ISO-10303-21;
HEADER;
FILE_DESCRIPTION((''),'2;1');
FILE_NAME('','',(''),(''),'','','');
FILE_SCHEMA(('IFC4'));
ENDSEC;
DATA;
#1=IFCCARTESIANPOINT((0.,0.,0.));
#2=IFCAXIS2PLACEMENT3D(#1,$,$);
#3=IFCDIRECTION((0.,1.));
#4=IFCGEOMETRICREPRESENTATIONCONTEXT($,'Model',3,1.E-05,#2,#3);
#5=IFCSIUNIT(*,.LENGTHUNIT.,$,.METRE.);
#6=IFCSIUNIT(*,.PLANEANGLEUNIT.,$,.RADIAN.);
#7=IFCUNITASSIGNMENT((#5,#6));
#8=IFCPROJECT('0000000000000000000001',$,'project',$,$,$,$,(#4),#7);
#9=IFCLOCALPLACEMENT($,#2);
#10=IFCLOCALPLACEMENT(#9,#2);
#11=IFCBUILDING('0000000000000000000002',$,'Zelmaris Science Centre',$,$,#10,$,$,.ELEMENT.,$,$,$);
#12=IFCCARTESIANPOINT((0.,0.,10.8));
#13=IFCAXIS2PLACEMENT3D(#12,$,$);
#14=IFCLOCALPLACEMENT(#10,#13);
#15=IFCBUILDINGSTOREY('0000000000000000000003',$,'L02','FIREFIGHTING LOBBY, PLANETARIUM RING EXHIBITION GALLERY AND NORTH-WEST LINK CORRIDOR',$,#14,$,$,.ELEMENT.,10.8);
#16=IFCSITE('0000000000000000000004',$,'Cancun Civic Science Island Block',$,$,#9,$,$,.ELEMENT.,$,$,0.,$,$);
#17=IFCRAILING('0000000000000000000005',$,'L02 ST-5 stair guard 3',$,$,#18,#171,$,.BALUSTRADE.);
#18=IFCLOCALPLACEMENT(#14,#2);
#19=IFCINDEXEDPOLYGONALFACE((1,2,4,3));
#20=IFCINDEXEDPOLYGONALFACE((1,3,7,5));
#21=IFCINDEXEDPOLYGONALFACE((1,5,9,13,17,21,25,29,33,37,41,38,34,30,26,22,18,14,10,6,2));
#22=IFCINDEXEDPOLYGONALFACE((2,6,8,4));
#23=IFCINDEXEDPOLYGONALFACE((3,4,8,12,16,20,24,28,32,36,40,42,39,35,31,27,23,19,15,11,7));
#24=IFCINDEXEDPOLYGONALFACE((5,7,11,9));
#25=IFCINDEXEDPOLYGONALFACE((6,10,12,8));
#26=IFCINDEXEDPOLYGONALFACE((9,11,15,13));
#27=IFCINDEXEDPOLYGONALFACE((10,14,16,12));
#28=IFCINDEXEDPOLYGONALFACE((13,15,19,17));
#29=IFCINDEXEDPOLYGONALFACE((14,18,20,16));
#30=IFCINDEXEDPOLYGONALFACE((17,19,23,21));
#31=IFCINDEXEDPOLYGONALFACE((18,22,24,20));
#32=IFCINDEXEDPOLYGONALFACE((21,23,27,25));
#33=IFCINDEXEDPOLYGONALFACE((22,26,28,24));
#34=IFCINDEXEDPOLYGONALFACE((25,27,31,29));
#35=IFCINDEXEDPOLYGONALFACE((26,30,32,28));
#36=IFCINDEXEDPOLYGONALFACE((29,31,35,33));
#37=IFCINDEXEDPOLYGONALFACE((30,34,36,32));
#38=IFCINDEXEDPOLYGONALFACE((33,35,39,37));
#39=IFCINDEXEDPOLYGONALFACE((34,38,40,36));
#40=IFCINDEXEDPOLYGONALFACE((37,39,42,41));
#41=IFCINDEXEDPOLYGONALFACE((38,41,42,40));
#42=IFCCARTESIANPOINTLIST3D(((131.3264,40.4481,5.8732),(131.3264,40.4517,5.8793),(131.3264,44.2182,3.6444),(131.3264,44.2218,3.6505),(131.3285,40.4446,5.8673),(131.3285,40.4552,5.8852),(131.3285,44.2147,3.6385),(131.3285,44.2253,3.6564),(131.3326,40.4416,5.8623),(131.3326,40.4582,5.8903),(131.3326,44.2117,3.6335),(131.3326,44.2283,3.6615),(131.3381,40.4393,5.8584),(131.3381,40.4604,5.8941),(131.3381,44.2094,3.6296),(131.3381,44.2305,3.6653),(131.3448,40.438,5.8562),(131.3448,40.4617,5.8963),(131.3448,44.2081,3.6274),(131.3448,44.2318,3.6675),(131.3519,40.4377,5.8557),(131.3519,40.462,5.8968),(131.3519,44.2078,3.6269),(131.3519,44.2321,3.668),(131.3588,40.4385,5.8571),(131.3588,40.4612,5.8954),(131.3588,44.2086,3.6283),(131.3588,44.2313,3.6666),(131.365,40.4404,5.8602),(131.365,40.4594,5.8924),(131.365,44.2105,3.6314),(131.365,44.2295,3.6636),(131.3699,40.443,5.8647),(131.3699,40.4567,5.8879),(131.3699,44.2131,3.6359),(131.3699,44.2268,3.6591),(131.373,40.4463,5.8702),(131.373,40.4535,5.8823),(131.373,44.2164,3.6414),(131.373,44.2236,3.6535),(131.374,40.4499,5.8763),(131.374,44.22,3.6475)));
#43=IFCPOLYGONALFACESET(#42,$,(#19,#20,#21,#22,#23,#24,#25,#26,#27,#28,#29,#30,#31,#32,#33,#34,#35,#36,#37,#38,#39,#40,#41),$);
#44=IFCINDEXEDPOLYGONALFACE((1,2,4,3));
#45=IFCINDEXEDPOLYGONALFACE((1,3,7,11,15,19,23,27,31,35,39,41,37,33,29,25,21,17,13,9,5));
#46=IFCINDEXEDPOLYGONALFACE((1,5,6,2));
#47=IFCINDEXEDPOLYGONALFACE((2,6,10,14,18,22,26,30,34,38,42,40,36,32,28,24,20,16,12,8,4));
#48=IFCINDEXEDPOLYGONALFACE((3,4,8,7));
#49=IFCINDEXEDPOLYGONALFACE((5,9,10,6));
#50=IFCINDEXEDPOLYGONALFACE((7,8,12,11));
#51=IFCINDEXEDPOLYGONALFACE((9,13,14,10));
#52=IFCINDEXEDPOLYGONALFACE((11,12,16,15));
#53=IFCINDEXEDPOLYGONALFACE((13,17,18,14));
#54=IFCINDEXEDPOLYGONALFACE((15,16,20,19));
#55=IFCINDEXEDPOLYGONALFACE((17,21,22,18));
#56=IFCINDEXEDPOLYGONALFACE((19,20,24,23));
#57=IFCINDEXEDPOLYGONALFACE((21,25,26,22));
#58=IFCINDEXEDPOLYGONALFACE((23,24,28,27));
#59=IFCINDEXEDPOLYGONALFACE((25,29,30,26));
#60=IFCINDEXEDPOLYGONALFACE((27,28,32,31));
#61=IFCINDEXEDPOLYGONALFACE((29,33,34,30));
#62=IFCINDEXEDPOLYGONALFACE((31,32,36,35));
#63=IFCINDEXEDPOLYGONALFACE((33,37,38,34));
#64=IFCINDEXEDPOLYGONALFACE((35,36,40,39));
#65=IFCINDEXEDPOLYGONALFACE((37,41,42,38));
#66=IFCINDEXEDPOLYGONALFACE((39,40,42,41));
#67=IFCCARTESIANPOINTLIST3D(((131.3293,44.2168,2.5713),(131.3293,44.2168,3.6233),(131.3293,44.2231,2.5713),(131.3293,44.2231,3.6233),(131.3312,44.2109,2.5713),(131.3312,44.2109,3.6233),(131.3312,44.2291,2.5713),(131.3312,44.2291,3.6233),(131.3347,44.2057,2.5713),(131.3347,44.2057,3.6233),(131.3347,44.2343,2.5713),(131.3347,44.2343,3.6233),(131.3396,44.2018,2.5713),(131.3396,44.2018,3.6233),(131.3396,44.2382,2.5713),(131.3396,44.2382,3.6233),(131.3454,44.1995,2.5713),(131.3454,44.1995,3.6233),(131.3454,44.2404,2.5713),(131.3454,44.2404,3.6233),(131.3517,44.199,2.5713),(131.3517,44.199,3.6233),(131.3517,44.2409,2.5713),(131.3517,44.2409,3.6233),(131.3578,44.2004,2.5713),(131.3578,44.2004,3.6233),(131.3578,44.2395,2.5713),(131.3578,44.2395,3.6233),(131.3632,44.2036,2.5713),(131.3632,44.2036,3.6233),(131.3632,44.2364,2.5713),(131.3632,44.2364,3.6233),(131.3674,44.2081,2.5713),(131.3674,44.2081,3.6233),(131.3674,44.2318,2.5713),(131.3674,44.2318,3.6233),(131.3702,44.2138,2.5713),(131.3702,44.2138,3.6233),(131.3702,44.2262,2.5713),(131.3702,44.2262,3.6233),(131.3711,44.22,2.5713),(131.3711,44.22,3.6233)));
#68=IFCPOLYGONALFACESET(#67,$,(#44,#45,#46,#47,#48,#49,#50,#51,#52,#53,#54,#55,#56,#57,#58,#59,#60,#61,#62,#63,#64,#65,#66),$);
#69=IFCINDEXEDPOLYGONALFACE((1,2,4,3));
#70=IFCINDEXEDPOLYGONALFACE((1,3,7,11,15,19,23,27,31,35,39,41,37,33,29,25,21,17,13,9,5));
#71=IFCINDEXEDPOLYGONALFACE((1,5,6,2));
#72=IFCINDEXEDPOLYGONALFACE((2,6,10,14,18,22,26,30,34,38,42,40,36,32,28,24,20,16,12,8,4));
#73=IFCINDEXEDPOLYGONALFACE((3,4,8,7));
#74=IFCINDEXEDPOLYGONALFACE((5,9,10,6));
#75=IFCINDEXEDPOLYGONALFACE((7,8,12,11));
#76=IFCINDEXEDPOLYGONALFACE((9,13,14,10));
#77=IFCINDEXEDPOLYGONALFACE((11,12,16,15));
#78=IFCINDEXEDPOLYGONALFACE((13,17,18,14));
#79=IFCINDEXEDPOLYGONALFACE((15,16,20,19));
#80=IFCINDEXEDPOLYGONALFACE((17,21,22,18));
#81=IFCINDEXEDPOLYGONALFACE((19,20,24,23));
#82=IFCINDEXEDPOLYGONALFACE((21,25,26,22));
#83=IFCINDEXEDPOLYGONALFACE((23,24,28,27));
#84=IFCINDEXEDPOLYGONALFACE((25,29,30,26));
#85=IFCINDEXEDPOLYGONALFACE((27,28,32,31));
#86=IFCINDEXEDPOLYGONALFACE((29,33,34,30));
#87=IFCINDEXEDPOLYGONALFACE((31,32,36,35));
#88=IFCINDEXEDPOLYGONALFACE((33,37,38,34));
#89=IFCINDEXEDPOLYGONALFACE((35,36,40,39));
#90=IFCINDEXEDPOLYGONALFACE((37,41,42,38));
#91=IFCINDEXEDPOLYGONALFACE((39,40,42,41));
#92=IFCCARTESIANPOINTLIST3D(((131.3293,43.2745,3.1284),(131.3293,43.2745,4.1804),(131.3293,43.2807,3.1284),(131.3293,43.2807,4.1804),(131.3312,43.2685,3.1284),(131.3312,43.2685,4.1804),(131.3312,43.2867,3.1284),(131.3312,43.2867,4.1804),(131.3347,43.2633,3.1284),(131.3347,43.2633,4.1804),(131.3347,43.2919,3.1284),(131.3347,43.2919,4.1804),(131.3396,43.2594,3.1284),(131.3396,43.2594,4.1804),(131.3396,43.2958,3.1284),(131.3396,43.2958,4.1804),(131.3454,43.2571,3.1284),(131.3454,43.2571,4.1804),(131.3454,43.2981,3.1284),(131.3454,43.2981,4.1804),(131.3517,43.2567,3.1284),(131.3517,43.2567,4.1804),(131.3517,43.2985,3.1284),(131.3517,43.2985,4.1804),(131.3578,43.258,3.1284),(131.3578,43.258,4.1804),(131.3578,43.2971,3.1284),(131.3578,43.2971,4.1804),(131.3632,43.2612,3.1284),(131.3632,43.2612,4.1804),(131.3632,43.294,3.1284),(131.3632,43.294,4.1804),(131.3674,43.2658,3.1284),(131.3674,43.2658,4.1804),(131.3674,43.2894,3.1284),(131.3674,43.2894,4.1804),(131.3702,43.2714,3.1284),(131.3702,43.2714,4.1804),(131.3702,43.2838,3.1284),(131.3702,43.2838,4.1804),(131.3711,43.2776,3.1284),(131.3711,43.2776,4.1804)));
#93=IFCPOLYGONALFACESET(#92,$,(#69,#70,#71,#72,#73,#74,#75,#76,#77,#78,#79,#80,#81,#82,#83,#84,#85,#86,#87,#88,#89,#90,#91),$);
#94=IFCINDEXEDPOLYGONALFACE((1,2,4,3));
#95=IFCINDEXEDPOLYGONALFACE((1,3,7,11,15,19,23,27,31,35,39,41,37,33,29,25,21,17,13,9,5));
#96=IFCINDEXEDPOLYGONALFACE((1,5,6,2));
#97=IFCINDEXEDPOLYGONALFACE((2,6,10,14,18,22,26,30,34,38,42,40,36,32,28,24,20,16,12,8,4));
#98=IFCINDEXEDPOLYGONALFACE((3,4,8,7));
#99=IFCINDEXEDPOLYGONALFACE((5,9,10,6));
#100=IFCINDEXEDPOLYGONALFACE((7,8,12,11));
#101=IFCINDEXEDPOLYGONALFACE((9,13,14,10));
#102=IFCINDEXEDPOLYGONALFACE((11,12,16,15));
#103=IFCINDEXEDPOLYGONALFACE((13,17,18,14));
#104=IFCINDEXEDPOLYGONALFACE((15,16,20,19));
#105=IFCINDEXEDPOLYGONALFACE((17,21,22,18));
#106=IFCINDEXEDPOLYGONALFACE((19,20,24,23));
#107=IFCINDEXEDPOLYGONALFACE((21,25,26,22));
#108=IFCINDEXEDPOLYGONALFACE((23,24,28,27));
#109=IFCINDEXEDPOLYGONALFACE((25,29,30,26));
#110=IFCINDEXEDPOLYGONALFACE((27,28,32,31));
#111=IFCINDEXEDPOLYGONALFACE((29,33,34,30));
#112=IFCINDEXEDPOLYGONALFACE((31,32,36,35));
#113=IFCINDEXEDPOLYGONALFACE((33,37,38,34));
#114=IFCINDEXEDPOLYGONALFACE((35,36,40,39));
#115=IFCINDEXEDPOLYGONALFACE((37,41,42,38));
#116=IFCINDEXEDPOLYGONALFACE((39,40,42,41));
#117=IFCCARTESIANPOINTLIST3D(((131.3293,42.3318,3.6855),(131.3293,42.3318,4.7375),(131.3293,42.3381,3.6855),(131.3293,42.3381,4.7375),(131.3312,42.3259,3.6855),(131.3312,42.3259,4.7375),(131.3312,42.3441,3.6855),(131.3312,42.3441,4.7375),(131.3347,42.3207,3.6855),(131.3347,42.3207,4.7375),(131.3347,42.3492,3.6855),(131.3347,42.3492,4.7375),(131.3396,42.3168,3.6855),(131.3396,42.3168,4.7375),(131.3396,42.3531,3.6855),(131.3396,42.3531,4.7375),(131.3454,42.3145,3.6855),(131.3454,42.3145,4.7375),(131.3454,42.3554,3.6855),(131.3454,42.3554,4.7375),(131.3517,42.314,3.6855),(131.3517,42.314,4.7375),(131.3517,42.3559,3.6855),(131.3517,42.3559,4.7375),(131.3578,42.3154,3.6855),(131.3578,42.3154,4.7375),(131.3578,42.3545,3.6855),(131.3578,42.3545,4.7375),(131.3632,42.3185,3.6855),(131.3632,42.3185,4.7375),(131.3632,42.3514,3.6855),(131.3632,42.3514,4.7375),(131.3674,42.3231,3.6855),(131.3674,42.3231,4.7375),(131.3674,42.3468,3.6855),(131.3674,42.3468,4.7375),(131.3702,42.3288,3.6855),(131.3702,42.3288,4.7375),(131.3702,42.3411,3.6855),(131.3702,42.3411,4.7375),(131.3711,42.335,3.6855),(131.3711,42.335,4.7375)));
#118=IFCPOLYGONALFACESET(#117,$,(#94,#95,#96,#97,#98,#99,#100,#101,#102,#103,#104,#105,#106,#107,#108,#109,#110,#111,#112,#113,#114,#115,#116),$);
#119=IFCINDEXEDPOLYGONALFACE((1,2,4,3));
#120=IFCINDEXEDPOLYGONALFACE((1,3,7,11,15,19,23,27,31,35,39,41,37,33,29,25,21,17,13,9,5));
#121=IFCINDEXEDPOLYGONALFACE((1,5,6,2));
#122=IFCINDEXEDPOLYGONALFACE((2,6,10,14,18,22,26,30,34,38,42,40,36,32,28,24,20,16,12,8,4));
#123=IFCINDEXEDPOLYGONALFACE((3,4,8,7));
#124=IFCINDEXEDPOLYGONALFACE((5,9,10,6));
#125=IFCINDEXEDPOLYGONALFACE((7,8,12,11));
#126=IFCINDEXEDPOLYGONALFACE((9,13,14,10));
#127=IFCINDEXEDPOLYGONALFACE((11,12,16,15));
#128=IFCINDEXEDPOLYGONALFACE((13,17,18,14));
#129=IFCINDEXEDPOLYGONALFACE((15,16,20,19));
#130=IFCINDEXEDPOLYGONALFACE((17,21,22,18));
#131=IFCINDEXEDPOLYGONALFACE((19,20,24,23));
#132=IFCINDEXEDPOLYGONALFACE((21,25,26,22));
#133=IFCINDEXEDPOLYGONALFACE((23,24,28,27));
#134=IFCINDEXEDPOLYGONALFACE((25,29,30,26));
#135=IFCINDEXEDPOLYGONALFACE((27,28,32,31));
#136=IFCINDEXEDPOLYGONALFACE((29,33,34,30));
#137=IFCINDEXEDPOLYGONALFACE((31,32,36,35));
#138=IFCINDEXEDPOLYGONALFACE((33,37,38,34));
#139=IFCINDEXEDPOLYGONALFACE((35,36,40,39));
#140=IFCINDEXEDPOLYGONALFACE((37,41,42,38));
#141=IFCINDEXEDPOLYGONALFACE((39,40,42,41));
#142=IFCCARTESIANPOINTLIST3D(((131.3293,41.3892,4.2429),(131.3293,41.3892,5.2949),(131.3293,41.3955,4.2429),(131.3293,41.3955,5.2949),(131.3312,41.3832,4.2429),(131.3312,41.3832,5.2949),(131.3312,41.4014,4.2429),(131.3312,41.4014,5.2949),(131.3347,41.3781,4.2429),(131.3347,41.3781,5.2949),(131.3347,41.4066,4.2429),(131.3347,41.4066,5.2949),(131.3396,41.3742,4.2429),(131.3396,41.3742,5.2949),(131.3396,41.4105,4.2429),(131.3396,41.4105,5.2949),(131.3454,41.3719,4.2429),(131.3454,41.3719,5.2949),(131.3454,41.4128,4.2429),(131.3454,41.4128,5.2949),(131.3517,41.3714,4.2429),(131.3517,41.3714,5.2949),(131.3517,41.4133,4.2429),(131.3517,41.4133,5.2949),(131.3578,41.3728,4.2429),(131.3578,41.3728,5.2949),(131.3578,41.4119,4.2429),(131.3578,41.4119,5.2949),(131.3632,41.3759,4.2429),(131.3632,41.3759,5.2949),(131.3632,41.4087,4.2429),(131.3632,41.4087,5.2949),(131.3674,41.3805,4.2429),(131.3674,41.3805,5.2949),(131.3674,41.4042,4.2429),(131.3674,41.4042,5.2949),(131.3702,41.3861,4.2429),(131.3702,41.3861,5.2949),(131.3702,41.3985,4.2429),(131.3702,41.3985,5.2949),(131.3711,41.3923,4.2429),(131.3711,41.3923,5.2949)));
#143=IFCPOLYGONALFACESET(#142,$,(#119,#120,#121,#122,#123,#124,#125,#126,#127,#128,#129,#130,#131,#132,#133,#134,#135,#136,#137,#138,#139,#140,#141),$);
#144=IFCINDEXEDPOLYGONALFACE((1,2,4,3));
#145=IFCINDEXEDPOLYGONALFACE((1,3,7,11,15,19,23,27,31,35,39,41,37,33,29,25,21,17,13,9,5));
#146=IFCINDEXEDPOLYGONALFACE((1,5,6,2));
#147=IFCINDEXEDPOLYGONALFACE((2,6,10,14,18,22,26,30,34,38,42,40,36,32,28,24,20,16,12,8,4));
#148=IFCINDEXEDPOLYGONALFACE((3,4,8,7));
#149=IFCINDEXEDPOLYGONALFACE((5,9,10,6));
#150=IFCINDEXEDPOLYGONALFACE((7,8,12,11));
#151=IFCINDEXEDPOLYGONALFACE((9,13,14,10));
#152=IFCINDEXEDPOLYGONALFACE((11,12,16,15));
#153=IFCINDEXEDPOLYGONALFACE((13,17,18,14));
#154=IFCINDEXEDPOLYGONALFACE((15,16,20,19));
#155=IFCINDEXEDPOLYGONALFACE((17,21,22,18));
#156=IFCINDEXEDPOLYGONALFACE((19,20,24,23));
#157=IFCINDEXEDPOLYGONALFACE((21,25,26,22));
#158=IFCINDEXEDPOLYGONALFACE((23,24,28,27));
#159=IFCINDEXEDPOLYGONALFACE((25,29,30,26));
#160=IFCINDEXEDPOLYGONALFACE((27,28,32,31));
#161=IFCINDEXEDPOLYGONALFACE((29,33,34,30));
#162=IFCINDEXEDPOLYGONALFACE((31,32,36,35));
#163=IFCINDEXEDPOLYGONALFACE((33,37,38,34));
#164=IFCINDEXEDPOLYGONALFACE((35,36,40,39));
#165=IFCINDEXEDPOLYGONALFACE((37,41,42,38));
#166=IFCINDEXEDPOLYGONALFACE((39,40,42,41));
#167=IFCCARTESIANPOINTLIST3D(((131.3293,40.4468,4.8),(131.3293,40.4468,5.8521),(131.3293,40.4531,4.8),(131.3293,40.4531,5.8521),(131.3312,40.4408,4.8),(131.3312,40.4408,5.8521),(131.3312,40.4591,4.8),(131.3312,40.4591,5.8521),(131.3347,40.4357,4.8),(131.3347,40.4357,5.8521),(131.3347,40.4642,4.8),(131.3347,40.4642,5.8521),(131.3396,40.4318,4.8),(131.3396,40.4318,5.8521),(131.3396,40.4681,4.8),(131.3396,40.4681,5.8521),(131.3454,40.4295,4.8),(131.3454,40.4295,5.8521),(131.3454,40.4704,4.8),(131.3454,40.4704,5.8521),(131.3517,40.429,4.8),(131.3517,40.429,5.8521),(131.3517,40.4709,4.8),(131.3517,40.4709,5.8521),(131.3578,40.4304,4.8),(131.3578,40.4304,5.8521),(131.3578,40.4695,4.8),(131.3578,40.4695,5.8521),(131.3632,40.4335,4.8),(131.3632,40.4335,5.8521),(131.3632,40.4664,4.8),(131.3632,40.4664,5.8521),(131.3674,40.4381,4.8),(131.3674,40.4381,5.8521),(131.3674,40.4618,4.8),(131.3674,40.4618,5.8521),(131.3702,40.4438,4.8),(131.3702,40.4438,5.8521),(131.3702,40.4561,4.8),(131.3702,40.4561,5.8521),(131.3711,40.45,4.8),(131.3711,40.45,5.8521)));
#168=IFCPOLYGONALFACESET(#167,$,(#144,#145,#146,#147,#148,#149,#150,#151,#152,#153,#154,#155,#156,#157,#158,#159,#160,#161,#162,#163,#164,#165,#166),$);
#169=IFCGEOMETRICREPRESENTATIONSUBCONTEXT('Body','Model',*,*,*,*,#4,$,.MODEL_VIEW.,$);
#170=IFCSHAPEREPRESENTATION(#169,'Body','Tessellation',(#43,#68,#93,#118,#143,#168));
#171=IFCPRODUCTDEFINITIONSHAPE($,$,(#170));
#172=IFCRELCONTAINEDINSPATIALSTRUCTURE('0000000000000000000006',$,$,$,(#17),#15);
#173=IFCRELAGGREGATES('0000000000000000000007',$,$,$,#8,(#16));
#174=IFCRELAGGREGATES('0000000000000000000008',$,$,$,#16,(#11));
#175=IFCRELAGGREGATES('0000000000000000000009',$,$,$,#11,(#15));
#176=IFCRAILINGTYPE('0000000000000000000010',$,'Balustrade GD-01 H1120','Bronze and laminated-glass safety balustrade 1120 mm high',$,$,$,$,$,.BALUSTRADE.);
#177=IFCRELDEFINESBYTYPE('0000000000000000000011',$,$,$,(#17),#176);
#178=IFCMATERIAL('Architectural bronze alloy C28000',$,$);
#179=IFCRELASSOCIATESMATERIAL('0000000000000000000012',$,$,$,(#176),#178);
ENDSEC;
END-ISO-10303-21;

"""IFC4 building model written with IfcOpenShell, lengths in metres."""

from ifc_helpers import new_model, si_unit, direction, frame, origin, origin_2d, place, context, subcontext, project, spatial, circle, extrude, material, type_object, element, save


model = new_model("IFC4")

# Units and contexts
model_context = context("Model", 3, precision=1e-05, world=origin(), true_north=direction((0.0, 1.0)))
body_context = subcontext(model_context, "Body", "Model", "MODEL_VIEW")
ifc_project = project(units=[si_unit("LENGTHUNIT", "METRE"), si_unit("PLANEANGLEUNIT", "RADIAN")], contexts=[model_context])

# Site, building, storey
site_placement = place(None, origin())
site = spatial("IfcSite", under=ifc_project, at=site_placement, Name="Cancun Civic Science Island Block", CompositionType="ELEMENT", RefElevation=0.0)
building_placement = place(site_placement, origin())
building = spatial("IfcBuilding", under=site, at=building_placement, Name="Zelmaris Science Centre", CompositionType="ELEMENT")
storey_placement = place(building_placement, frame((0.0, 0.0, 10.8)))
storey = spatial("IfcBuildingStorey", under=building, at=storey_placement, Name="L02", Description="FIREFIGHTING LOBBY, PLANETARIUM RING EXHIBITION GALLERY AND NORTH-WEST LINK CORRIDOR", CompositionType="ELEMENT", Elevation=10.8)

# Railing
ifc_material_1 = material(Name="Architectural bronze alloy C28000")
railing_type_1 = type_object("IfcRailingType", Name="Balustrade GD-01 H1120", Description="Bronze and laminated-glass safety balustrade 1120 mm high", PredefinedType="BALUSTRADE", material=ifc_material_1)
railing_1_placement = place(storey_placement, frame((131.3501, 44.22, 2.5713)))
element("IfcRailing", 1, at=railing_1_placement, inside=storey, type_object=railing_type_1, Name="L02 ST-5 stair guard 3", PredefinedType="BALUSTRADE", context=body_context, shape_type="SweptSolid", body=[
    extrude(circle(Radius=0.0239, at=origin_2d()), frame((0.0, 0.0, 1.0762), z_axis=(0.0, -0.860824, 0.508902), x_axis=(1.0, 0.0, 0.0)), (0.0, 0.0, 1.0), 4.3796),
    extrude(circle(Radius=0.021, at=origin_2d()), origin(), (0.0, 0.0, 1.0), 1.052),
    extrude(circle(Radius=0.021, at=origin_2d()), frame((0.0, -0.9424, 0.5571)), (0.0, 0.0, 1.0), 1.052),
    extrude(circle(Radius=0.021, at=origin_2d()), frame((0.0, -1.885, 1.1143)), (0.0, 0.0, 1.0), 1.052),
    extrude(circle(Radius=0.021, at=origin_2d()), frame((0.0, -2.8276, 1.6716)), (0.0, 0.0, 1.0), 1.052),
    extrude(circle(Radius=0.021, at=origin_2d()), frame((0.0, -3.77, 2.2288)), (0.0, 0.0, 1.0), 1.052),
])

save(model, "model.ifc")
